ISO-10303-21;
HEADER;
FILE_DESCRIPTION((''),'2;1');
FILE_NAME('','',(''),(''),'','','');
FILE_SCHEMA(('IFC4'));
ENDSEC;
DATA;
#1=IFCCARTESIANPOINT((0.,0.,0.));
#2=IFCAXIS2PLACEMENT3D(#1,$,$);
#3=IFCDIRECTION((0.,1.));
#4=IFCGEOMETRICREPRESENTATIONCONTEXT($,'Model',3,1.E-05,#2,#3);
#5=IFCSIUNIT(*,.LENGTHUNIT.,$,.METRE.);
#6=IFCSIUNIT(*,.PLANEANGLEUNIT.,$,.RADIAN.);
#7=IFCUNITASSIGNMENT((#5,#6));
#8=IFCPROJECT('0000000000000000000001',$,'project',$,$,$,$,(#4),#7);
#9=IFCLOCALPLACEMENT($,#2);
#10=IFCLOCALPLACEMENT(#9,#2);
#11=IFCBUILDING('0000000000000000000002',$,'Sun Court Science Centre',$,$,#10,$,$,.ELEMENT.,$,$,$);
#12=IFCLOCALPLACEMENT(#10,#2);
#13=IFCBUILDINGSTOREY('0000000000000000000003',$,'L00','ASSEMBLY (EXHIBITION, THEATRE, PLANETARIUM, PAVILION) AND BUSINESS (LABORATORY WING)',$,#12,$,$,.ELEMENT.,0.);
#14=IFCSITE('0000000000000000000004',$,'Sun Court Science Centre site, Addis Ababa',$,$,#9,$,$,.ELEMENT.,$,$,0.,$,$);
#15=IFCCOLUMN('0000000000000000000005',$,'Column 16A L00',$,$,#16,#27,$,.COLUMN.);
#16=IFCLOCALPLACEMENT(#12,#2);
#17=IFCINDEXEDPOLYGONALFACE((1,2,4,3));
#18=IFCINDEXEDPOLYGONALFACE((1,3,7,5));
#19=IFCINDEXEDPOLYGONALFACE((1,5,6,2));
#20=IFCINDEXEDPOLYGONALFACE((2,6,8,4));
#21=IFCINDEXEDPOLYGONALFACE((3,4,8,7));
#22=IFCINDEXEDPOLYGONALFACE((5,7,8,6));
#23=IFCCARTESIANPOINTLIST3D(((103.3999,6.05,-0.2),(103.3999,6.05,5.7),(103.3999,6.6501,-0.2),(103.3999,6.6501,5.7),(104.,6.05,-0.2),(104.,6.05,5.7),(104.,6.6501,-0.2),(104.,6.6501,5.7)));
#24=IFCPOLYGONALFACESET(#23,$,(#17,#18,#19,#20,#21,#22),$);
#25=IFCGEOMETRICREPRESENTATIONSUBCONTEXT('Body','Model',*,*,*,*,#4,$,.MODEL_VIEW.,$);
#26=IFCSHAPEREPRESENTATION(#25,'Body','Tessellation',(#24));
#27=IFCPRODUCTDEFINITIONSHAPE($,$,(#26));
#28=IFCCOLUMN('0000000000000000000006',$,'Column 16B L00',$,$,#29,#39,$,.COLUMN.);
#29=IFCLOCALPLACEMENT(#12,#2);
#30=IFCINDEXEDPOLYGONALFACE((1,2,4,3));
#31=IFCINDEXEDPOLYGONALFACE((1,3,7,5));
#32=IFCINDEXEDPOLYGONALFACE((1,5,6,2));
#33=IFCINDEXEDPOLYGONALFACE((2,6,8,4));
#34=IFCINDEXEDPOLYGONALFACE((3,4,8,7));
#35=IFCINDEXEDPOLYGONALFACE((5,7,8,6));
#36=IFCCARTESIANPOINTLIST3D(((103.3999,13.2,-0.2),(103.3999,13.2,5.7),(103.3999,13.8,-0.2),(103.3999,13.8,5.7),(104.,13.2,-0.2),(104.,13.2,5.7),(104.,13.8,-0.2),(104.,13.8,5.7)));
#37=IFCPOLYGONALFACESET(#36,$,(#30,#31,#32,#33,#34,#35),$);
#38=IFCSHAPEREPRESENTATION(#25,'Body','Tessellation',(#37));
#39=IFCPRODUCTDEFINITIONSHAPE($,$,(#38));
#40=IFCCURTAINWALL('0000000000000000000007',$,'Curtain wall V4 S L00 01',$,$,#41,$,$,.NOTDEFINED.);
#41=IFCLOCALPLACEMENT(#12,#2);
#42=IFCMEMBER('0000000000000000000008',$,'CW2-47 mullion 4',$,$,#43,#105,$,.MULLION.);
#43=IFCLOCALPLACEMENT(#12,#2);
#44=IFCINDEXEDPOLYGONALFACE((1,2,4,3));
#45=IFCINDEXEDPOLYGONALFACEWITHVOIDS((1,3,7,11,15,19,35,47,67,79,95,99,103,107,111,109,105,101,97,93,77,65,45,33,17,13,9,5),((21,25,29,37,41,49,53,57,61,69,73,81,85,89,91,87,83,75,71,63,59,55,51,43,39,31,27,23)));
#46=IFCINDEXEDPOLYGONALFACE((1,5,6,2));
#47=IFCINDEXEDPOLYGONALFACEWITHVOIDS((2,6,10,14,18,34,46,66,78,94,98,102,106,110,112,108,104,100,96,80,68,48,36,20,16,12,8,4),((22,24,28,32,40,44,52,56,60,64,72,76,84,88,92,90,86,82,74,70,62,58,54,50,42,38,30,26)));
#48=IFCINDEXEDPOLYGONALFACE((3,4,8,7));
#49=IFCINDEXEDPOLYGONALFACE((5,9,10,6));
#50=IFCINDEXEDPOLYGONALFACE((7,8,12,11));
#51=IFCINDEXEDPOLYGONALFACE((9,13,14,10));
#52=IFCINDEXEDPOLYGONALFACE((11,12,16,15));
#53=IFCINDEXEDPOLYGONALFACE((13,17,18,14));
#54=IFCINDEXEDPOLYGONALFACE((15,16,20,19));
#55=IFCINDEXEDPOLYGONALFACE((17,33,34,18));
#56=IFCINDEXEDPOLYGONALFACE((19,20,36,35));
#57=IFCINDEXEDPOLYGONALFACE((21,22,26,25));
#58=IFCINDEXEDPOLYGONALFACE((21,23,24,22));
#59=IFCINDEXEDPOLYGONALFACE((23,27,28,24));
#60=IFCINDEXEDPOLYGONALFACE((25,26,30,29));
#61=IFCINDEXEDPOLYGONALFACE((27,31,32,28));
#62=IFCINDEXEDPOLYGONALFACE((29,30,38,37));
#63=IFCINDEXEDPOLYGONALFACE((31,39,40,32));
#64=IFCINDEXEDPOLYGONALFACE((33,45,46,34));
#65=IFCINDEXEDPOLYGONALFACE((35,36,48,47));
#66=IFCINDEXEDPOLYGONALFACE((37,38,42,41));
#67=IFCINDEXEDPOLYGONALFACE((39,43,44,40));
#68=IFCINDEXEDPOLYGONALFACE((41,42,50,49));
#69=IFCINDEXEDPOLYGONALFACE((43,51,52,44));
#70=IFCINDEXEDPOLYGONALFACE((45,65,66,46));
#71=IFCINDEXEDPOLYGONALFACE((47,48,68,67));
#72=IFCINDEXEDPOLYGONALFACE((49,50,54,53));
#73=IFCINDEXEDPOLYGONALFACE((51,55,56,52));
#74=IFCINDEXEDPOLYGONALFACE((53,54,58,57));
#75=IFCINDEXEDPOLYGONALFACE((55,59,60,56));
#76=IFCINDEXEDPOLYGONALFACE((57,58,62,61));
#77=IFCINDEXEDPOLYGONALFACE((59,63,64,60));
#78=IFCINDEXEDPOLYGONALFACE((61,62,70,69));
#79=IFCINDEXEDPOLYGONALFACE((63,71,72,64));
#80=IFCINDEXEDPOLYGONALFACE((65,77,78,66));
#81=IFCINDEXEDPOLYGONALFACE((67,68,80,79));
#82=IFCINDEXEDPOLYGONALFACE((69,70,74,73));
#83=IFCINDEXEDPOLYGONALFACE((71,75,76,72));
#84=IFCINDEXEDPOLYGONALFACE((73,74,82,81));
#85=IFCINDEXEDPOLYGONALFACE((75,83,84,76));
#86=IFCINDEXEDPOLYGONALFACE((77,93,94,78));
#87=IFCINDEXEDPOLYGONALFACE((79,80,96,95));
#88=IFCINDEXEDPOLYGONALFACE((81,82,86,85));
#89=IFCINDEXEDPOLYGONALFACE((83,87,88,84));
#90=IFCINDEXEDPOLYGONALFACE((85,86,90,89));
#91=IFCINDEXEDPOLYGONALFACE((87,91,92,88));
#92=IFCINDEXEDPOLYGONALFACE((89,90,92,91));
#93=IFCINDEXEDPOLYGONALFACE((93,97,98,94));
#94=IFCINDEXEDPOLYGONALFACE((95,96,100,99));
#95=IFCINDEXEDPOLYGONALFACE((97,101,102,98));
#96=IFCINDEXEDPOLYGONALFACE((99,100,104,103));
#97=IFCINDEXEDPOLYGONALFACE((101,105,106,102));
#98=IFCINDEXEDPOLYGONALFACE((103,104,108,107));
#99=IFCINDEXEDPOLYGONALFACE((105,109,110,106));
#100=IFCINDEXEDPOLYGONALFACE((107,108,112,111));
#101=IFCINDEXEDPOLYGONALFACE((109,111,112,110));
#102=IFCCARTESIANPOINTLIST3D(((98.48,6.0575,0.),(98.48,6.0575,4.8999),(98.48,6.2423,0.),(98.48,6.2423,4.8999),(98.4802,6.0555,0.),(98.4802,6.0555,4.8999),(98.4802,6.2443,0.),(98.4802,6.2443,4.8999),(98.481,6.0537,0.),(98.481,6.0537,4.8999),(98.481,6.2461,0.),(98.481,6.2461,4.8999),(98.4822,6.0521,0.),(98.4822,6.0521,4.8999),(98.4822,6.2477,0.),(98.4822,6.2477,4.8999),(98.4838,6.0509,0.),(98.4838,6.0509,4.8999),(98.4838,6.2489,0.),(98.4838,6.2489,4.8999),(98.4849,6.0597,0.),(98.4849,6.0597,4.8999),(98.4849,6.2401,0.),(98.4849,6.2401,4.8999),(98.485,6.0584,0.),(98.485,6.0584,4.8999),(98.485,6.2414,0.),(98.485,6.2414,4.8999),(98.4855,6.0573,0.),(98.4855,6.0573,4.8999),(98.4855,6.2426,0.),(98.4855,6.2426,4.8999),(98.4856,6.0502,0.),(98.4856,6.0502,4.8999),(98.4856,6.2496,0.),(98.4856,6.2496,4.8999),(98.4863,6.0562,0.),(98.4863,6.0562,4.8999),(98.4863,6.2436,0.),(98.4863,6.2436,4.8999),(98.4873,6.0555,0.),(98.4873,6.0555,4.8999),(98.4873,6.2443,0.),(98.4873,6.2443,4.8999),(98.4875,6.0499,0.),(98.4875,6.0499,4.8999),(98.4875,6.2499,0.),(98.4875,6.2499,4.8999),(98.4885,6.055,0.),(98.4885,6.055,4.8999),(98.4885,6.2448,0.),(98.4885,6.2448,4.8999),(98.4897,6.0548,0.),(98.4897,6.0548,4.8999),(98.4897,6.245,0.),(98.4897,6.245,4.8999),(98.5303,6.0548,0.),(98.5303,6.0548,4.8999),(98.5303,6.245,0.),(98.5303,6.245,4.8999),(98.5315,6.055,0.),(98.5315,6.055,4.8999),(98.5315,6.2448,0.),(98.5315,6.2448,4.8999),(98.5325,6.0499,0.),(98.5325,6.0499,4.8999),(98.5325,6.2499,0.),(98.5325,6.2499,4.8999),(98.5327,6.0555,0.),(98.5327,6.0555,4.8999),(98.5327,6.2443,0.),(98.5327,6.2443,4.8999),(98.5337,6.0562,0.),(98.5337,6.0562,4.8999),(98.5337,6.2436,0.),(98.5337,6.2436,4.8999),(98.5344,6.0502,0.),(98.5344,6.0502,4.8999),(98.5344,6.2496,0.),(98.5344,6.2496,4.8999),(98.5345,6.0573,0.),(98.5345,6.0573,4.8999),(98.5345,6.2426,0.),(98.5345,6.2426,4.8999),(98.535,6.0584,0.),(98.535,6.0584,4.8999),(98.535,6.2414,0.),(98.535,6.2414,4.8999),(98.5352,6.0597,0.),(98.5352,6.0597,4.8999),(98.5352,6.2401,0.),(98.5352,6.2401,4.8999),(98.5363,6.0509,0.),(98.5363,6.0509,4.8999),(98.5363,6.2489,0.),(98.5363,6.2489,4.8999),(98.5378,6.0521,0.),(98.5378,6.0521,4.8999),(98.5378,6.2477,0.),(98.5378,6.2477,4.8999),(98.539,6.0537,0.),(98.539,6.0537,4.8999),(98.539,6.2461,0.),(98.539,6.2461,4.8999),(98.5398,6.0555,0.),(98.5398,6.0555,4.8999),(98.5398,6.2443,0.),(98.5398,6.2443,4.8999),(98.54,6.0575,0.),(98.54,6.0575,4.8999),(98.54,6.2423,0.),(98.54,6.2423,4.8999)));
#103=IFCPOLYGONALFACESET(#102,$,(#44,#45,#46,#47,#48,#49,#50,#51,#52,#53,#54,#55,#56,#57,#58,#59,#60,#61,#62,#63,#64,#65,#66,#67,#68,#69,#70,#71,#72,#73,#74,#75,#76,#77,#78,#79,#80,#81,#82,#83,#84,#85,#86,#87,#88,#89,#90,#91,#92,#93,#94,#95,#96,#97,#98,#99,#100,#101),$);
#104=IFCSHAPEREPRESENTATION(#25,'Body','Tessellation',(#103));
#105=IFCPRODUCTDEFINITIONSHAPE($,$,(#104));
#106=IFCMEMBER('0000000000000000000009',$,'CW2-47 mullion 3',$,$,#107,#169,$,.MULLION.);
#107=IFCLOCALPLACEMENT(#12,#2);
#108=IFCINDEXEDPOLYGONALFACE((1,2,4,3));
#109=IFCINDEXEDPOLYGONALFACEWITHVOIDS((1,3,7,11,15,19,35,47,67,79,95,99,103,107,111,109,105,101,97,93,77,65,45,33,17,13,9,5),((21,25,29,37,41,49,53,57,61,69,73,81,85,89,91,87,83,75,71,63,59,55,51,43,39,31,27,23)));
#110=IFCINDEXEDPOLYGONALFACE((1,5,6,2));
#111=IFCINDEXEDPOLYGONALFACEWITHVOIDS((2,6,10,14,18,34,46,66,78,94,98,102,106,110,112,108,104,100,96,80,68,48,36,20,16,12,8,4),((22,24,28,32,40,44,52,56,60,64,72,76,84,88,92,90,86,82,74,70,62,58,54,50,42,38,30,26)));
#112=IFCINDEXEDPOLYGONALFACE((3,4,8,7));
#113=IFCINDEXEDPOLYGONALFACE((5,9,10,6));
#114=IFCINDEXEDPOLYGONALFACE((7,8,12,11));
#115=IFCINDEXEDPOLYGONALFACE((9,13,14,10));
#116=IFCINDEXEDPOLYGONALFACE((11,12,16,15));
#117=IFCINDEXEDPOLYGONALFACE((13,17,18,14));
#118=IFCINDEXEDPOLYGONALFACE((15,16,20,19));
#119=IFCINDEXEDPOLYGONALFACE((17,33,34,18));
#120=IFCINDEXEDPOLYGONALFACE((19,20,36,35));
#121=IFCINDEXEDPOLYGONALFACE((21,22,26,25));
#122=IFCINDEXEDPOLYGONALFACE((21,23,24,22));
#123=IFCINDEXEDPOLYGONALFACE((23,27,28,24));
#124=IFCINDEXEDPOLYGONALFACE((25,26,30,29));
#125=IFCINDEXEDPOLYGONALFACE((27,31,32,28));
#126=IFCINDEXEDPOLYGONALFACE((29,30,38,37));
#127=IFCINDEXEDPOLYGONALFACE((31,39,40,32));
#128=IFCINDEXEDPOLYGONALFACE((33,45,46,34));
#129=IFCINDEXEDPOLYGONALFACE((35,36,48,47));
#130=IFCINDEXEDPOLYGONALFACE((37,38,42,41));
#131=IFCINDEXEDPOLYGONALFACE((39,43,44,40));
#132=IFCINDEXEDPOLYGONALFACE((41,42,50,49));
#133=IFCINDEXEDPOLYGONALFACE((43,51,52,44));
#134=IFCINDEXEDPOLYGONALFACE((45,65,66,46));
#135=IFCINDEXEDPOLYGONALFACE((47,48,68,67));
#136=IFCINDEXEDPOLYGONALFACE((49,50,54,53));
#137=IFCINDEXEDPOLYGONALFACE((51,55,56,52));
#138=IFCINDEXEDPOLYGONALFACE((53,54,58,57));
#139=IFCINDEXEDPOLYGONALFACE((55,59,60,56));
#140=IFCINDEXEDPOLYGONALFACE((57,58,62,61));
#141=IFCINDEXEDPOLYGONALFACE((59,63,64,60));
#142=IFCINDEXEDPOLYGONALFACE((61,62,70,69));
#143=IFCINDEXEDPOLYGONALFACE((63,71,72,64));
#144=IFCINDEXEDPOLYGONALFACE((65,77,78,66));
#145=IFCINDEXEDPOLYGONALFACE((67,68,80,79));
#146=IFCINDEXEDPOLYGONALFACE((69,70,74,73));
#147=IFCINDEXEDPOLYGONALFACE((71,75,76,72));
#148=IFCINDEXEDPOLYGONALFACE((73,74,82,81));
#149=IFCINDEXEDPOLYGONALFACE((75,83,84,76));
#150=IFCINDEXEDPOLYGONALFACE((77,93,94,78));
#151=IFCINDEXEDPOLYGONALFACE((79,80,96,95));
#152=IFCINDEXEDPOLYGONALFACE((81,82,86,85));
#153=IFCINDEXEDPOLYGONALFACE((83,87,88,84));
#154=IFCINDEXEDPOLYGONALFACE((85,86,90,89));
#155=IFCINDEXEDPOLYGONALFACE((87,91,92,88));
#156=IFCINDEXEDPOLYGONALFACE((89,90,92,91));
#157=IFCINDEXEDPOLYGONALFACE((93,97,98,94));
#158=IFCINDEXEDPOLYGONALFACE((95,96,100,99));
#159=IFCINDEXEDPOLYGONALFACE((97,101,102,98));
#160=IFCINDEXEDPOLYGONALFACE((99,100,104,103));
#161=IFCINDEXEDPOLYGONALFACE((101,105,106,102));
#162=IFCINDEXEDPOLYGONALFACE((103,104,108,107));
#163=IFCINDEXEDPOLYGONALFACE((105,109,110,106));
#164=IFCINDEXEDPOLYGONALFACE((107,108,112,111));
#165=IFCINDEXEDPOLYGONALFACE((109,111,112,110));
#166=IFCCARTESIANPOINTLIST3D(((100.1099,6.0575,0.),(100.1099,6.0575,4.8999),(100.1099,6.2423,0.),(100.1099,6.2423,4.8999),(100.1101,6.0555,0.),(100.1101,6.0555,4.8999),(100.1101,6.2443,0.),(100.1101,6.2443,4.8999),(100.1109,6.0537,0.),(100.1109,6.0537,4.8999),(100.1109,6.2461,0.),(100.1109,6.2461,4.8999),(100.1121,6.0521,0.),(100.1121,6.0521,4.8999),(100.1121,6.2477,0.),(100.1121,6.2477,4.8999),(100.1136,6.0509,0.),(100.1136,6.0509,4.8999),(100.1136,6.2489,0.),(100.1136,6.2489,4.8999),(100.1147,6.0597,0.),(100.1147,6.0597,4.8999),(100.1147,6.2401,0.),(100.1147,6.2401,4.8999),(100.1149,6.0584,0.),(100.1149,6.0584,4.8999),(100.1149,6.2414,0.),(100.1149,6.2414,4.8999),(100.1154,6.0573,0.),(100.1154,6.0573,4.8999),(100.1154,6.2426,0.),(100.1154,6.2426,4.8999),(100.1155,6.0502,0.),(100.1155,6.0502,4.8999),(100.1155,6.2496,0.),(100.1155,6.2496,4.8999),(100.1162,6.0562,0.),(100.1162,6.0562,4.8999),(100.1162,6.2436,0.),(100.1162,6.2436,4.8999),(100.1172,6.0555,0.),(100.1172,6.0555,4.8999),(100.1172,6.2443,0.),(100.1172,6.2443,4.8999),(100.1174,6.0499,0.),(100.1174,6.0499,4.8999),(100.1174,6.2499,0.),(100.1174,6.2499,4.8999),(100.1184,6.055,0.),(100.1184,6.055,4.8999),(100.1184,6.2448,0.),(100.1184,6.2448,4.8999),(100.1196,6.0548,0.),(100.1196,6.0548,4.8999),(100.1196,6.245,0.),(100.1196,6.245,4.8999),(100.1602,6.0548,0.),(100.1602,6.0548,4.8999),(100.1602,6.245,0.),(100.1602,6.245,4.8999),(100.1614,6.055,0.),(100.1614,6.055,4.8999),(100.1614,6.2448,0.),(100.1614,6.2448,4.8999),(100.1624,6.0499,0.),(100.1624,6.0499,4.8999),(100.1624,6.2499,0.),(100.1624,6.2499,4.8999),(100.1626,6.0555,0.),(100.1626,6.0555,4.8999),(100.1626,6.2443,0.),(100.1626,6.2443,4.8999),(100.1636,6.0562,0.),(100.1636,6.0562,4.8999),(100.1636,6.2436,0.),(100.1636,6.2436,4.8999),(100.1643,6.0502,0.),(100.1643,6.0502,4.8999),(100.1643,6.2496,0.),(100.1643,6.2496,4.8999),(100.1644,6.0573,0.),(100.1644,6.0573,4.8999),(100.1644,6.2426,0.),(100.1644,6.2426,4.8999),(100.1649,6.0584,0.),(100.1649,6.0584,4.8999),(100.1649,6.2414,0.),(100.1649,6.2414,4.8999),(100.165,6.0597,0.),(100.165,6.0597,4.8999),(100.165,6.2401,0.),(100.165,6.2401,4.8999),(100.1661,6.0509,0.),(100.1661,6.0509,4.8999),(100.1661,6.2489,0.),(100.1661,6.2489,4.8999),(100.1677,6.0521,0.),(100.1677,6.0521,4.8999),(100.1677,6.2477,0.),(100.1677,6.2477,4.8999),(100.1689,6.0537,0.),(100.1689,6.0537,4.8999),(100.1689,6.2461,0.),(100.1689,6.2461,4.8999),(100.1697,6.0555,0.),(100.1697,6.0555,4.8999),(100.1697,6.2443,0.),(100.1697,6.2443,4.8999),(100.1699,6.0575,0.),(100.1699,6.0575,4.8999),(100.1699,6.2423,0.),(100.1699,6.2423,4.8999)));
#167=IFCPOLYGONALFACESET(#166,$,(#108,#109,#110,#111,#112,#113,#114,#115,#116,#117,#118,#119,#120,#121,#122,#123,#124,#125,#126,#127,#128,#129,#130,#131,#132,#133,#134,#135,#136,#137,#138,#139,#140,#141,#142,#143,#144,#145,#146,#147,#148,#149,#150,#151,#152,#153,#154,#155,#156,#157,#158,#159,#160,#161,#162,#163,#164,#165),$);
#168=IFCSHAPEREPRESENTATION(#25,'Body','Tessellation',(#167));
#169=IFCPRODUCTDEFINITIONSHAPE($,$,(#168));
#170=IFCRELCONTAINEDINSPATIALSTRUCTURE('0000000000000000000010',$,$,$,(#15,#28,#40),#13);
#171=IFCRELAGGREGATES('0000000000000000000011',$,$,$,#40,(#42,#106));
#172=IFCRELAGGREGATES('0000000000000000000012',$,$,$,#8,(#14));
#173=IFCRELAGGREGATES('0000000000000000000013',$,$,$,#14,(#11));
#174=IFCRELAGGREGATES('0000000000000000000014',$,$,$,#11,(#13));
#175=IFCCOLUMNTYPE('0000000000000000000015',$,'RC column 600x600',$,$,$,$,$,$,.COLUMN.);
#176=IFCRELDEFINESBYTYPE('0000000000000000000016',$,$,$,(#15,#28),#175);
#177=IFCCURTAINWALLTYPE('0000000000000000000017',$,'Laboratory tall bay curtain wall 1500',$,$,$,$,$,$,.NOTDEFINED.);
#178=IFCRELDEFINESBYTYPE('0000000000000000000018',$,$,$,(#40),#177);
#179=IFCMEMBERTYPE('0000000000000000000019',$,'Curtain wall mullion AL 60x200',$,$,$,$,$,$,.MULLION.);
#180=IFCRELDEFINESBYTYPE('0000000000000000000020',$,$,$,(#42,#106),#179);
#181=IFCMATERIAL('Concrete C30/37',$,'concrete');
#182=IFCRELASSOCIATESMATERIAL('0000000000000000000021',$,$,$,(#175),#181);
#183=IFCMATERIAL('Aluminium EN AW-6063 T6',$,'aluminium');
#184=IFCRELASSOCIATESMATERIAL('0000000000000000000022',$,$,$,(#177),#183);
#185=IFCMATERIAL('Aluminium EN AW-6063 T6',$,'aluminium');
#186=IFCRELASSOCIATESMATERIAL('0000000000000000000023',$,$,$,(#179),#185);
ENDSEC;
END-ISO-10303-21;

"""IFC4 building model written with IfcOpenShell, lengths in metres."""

from ifc_helpers import new_model, si_unit, direction, frame, origin, origin_2d, place, context, subcontext, project, spatial, rectangle, hollow_rectangle, extrude, material, material_profile, profile_set, type_object, element, aggregate, save


model = new_model("IFC4")

# Units and contexts
model_context = context("Model", 3, precision=1e-05, world=origin(), true_north=direction((0.0, 1.0)))
body_context = subcontext(model_context, "Body", "Model", "MODEL_VIEW")
ifc_project = project(units=[si_unit("LENGTHUNIT", "METRE"), si_unit("PLANEANGLEUNIT", "RADIAN")], contexts=[model_context])

# Site, building, storey
site_placement = place(None, origin())
site = spatial("IfcSite", under=ifc_project, at=site_placement, Name="Sun Court Science Centre site, Addis Ababa", CompositionType="ELEMENT", RefElevation=0.0)
building_placement = place(site_placement, origin())
building = spatial("IfcBuilding", under=site, at=building_placement, Name="Sun Court Science Centre", CompositionType="ELEMENT")
storey_placement = place(building_placement, origin())
storey = spatial("IfcBuildingStorey", under=building, at=storey_placement, Name="L00", Description="ASSEMBLY (EXHIBITION, THEATRE, PLANETARIUM, PAVILION) AND BUSINESS (LABORATORY WING)", CompositionType="ELEMENT", Elevation=0.0)

# Columns
ifc_material_1 = material(Name="Concrete C30/37", Category="concrete")
ifc_material_profile_1 = material_profile(ifc_material_1, rectangle(XDim=0.6001, YDim=0.6001, at=origin_2d()), Name="RC 600x600")
ifc_profile_set_1 = profile_set([ifc_material_profile_1], Name="Concrete C30/37")
column_type = type_object("IfcColumnType", Name="RC column 600x600", PredefinedType="COLUMN", material=ifc_profile_set_1)
for number, where, z_axis, x_axis, name in (
    (1, (103.7, 6.3501, -0.2), (0.0, 0.0, 1.0), (1.0, 0.0, 0.0), "Column 16A L00"),
    (2, (103.7, 13.5, -0.2), (0.0, 0.0, 1.0), (1.0, 0.0, 0.0), "Column 16B L00"),
):
    element("IfcColumn", number, at=place(storey_placement, frame(where, z_axis=z_axis, x_axis=x_axis)), inside=storey, type_object=column_type, Name=name, PredefinedType="COLUMN", context=body_context, shape_type="SweptSolid", body=[
        extrude(rectangle(XDim=0.6001, YDim=0.6001, at=origin_2d()), origin(), (0.0, 0.0, 1.0), 5.8999),
    ])

# Curtain wall, members
ifc_material_2 = material(Name="Aluminium EN AW-6063 T6", Category="aluminium")
curtain_wall_type = type_object("IfcCurtainWallType", Name="Laboratory tall bay curtain wall 1500", PredefinedType="NOTDEFINED", material=ifc_material_2)
curtain_wall_placement = place(storey_placement, origin())
curtain_wall = element("IfcCurtainWall", 3, at=curtain_wall_placement, inside=storey, type_object=curtain_wall_type, Name="Curtain wall V4 S L00 01", PredefinedType="NOTDEFINED")
ifc_material_3 = material(Name="Aluminium EN AW-6063 T6", Category="aluminium")
ifc_material_profile_2 = material_profile(ifc_material_3, hollow_rectangle(XDim=0.0601, YDim=0.2, WallThickness=0.0049, InnerFilletRadius=0.0049, OuterFilletRadius=0.0076, at=origin_2d()), Name="AL 60x200x5")
ifc_profile_set_2 = profile_set([ifc_material_profile_2], Name="Aluminium EN AW-6063 T6")
member_type_1 = type_object("IfcMemberType", Name="Curtain wall mullion AL 60x200", PredefinedType="MULLION", material=ifc_profile_set_2)
member_1_placement = place(storey_placement, frame((98.51, 6.1499, 0.0), z_axis=(0.0, 0.0, 1.0), x_axis=(-1.0, 0.0, 0.0)))
member_1 = element("IfcMember", 4, at=member_1_placement, type_object=member_type_1, Name="CW2-47 mullion 4", PredefinedType="MULLION", context=body_context, shape_type="SweptSolid", body=[
    extrude(hollow_rectangle(XDim=0.0601, YDim=0.2, WallThickness=0.0049, InnerFilletRadius=0.0049, OuterFilletRadius=0.0076, at=origin_2d()), origin(), (0.0, 0.0, 1.0), 4.8999),
])
member_2_placement = place(storey_placement, frame((100.1399, 6.1499, 0.0), z_axis=(0.0, 0.0, 1.0), x_axis=(-1.0, 0.0, 0.0)))
member_2 = element("IfcMember", 5, at=member_2_placement, type_object=member_type_1, Name="CW2-47 mullion 3", PredefinedType="MULLION", context=body_context, shape_type="SweptSolid", body=[
    extrude(hollow_rectangle(XDim=0.0601, YDim=0.2, WallThickness=0.0049, InnerFilletRadius=0.0049, OuterFilletRadius=0.0076, at=origin_2d()), origin(), (0.0, 0.0, 1.0), 4.8999),
])
aggregate(curtain_wall, [member_1, member_2])

save(model, "model.ifc")
